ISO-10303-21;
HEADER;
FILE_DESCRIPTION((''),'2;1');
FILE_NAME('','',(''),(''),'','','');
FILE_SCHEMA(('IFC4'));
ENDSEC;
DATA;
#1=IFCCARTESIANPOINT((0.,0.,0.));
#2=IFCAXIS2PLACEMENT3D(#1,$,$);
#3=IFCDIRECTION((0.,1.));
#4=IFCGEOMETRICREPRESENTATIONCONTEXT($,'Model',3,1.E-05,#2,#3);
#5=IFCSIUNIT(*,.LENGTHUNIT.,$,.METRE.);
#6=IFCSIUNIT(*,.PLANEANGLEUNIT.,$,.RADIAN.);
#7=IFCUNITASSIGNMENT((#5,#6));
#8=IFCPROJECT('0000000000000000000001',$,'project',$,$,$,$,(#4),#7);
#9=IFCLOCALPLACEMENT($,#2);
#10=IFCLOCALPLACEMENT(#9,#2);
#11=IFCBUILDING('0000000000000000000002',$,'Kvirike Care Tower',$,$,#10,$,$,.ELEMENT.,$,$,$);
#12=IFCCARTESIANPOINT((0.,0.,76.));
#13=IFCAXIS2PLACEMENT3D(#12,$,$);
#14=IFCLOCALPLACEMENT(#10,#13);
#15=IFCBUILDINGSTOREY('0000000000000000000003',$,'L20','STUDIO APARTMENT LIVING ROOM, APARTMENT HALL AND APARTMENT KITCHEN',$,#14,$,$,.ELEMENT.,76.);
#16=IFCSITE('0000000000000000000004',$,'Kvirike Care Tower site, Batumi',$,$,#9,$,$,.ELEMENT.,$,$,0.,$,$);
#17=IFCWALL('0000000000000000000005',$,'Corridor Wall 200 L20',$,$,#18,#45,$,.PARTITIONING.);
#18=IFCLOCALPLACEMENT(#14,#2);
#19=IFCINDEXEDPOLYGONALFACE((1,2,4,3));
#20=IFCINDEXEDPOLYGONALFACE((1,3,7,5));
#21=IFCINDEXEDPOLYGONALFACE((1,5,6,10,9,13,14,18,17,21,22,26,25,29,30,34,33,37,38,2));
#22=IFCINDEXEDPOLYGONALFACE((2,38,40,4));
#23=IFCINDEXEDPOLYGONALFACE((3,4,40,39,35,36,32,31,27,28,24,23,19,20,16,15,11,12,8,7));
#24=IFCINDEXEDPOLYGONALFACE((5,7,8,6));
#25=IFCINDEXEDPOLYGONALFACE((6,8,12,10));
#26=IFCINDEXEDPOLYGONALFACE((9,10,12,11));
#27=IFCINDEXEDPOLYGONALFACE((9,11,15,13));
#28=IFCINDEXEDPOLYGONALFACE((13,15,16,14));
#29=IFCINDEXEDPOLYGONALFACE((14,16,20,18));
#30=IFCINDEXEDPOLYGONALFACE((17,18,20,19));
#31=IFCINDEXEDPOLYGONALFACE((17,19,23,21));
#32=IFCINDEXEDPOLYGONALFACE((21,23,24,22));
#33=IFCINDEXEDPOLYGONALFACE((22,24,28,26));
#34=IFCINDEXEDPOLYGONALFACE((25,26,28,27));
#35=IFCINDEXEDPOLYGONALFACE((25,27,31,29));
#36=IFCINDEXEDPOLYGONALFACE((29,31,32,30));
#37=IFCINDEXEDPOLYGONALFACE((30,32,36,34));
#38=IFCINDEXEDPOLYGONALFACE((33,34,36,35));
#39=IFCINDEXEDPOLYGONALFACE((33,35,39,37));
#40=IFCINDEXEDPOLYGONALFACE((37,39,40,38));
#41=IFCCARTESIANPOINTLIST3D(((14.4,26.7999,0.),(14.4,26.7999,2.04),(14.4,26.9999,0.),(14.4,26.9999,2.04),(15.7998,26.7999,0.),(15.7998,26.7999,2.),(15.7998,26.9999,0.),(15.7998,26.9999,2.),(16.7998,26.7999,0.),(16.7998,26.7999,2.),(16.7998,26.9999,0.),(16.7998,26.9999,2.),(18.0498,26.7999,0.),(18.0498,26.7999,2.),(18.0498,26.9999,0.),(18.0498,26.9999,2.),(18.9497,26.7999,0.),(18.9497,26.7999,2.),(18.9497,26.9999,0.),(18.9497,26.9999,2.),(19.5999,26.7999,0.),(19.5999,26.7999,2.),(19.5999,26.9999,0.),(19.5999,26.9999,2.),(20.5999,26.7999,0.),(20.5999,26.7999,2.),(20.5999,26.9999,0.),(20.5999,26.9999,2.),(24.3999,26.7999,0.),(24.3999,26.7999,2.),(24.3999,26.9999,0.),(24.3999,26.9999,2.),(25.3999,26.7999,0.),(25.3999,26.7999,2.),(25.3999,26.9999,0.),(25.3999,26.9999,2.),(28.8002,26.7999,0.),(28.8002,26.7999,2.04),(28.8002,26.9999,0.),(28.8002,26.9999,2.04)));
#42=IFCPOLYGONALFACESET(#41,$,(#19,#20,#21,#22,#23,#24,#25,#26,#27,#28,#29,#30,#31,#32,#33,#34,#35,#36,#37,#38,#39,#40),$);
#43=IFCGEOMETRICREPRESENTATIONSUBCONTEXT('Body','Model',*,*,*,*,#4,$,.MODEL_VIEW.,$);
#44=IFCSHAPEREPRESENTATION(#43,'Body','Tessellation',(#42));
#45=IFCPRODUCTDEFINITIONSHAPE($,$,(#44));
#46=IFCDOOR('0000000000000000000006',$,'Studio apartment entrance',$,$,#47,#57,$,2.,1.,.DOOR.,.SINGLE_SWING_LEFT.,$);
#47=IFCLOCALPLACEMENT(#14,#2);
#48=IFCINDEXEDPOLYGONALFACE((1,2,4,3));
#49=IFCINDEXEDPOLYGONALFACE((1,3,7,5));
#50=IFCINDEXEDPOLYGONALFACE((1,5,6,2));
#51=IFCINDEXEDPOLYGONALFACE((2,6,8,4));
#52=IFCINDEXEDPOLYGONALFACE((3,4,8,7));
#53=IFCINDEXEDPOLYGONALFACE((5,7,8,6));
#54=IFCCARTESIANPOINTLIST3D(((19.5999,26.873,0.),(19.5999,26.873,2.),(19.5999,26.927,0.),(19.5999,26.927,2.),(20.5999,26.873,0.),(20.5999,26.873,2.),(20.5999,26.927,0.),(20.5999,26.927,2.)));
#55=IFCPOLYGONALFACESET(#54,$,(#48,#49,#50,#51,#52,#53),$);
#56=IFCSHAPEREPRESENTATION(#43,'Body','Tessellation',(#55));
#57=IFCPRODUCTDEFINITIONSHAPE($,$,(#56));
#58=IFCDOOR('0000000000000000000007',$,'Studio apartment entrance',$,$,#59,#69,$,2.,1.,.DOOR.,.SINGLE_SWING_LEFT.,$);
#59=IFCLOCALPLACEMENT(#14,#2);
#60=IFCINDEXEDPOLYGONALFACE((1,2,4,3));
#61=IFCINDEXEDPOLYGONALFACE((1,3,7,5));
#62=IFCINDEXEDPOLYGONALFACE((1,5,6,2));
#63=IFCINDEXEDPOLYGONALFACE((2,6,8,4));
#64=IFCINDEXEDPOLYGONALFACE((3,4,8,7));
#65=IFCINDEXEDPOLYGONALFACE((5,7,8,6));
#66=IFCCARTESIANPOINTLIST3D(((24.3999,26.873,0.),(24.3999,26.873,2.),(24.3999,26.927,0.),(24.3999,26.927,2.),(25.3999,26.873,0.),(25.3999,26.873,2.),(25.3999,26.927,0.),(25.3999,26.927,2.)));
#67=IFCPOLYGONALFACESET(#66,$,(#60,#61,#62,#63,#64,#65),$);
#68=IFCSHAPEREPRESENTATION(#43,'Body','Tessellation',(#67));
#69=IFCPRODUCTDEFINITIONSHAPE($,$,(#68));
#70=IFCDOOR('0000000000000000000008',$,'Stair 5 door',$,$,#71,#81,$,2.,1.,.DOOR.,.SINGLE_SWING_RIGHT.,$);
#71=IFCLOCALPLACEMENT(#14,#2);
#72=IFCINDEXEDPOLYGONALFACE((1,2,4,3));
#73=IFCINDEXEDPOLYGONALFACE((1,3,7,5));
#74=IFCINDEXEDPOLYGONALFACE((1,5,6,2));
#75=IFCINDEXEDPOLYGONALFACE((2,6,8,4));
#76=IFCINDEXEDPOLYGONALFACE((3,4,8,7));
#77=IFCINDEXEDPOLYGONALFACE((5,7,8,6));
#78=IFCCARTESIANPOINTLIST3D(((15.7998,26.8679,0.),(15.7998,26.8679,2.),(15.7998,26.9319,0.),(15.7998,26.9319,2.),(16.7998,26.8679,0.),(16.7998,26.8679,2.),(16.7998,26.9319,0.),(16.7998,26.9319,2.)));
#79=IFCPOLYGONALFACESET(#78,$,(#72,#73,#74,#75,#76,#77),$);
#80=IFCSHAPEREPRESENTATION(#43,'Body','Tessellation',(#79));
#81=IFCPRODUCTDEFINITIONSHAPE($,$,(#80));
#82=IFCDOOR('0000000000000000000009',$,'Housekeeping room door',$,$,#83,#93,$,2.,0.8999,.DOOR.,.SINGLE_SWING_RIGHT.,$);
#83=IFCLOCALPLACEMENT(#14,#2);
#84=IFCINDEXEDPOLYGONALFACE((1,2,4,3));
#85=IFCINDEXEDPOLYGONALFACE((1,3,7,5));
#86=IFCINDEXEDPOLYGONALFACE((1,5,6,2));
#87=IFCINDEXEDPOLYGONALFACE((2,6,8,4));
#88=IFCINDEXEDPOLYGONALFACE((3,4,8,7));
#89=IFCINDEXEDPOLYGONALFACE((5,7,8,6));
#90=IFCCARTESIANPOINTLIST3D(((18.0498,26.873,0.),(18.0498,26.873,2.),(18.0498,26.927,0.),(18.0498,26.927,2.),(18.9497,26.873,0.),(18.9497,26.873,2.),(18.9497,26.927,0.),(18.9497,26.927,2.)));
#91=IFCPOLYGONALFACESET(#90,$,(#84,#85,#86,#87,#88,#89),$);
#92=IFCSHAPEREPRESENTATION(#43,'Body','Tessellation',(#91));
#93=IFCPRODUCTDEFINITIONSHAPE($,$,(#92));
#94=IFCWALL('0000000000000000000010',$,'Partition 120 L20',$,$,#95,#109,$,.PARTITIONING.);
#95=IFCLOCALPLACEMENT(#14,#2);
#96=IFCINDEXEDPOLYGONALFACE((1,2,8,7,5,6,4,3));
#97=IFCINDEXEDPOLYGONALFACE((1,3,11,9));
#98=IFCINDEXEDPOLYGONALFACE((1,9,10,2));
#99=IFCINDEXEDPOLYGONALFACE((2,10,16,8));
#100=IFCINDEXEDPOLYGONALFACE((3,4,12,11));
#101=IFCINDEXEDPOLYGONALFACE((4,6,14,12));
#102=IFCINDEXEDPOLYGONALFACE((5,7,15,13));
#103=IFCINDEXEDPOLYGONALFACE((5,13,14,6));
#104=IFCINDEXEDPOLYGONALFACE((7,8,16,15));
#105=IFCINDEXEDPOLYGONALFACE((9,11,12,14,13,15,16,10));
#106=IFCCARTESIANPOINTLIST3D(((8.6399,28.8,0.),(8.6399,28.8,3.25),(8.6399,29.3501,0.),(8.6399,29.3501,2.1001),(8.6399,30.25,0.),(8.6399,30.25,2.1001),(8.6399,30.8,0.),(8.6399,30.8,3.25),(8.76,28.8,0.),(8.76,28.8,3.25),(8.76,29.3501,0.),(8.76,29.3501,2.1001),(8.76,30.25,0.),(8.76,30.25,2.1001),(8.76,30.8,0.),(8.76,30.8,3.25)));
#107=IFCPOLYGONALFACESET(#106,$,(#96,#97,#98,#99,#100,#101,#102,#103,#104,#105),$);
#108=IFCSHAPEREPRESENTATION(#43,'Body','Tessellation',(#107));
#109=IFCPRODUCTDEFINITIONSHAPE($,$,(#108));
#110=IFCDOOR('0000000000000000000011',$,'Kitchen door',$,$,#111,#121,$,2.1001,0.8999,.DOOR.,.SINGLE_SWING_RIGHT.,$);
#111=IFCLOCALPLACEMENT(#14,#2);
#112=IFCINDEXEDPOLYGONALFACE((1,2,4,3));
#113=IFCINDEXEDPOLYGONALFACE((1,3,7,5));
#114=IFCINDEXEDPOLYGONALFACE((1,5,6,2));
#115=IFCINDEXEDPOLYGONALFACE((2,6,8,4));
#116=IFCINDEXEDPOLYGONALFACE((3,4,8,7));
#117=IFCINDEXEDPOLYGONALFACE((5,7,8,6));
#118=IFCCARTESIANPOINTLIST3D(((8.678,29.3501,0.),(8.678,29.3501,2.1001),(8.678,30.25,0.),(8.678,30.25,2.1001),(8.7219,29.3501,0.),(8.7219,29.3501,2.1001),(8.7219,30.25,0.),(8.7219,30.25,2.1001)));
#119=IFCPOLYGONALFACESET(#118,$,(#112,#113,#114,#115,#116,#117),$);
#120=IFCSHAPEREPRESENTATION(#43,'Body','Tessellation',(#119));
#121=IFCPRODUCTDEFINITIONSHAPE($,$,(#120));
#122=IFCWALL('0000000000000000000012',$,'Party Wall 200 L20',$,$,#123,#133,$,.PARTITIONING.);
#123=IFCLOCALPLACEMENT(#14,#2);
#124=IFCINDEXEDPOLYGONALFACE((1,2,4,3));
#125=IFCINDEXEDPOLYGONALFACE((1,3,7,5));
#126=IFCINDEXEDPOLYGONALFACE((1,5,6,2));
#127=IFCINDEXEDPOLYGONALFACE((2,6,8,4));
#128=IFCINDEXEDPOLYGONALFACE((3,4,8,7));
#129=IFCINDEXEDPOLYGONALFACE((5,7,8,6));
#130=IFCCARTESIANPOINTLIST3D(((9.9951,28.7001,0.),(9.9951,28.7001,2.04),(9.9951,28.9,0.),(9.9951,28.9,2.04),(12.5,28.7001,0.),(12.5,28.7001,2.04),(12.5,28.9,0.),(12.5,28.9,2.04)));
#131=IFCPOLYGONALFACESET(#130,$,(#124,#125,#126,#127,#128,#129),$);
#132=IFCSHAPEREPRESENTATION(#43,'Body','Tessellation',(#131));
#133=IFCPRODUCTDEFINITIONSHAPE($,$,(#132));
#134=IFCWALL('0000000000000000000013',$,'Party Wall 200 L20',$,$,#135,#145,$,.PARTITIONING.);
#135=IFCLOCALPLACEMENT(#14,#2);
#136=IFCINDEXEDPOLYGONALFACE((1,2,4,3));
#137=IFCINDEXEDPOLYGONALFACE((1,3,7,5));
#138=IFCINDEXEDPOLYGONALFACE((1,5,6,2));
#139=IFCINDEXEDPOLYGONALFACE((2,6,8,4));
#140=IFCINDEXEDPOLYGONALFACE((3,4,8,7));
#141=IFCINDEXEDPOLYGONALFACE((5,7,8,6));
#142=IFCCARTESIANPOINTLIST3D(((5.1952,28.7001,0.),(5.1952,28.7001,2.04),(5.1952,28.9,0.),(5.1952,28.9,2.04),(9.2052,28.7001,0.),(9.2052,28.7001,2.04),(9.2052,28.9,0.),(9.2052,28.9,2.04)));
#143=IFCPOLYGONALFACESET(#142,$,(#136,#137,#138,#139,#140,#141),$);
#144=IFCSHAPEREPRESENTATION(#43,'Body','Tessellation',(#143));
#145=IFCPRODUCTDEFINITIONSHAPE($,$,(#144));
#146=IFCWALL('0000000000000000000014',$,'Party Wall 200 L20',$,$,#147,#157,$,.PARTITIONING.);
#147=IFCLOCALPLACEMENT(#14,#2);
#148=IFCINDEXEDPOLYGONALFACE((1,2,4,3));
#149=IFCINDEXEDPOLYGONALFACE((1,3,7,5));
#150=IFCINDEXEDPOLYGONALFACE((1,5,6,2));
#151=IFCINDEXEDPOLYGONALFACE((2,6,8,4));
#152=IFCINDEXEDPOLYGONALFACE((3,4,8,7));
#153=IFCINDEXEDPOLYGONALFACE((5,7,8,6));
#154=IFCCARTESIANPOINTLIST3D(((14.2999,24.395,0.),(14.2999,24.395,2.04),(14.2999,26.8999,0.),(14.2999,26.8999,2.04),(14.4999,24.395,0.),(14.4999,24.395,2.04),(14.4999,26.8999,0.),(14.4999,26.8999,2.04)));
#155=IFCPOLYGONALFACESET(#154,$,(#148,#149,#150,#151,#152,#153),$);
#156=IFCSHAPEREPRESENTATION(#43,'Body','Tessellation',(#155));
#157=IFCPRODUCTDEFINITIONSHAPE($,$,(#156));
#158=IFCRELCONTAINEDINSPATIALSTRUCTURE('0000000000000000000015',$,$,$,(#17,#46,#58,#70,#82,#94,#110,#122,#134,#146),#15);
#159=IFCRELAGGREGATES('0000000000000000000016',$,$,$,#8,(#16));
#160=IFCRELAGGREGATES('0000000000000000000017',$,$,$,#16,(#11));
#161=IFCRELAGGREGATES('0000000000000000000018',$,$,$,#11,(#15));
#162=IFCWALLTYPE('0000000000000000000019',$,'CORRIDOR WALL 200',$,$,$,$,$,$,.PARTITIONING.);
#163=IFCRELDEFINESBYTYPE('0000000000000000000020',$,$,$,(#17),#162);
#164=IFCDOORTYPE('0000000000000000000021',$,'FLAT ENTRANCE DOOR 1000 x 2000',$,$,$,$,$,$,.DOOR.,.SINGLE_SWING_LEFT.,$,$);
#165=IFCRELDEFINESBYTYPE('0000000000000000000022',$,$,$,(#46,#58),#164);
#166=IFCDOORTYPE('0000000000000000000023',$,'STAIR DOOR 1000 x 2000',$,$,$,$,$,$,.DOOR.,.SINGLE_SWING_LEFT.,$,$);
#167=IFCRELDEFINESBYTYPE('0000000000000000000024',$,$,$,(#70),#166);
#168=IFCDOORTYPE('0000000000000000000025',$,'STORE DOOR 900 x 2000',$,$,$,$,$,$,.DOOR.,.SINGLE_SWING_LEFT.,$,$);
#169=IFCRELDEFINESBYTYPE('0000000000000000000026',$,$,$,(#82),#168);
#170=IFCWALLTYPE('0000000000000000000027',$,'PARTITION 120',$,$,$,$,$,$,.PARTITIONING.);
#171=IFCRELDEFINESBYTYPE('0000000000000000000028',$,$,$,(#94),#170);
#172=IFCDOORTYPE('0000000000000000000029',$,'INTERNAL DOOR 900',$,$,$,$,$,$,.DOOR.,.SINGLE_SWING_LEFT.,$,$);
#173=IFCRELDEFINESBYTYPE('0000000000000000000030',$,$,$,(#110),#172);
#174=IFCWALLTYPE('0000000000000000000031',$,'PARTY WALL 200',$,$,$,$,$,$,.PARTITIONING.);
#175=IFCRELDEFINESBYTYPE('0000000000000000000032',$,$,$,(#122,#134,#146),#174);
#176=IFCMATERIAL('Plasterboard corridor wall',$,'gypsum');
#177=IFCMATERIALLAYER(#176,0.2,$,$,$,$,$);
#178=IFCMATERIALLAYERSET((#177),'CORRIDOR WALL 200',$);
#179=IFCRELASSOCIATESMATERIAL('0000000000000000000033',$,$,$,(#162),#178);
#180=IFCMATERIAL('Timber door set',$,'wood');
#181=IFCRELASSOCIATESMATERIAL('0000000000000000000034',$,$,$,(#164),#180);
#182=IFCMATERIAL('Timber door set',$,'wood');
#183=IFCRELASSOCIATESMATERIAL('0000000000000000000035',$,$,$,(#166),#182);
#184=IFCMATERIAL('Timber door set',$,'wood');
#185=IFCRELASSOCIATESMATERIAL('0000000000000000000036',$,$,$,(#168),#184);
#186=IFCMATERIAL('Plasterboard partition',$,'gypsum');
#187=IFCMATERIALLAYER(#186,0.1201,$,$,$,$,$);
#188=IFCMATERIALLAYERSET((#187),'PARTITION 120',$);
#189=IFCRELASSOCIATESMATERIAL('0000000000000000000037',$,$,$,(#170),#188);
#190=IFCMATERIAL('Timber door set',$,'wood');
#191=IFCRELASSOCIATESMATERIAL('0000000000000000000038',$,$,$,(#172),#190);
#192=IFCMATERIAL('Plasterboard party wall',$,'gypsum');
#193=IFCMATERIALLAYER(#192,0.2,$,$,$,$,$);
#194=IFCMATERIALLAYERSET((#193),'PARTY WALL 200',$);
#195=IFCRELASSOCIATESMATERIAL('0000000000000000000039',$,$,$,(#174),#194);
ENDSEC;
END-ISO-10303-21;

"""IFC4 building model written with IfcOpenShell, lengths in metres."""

from ifc_helpers import new_model, si_unit, direction, frame, frame_2d, origin, place, context, subcontext, project, spatial, rectangle, extrude, material, layer, layer_set, type_object, element, fill, save


model = new_model("IFC4")

# Units and contexts
model_context = context("Model", 3, precision=1e-05, world=origin(), true_north=direction((0.0, 1.0)))
body_context = subcontext(model_context, "Body", "Model", "MODEL_VIEW")
ifc_project = project(units=[si_unit("LENGTHUNIT", "METRE"), si_unit("PLANEANGLEUNIT", "RADIAN")], contexts=[model_context])

# Site, building, storey
site_placement = place(None, origin())
site = spatial("IfcSite", under=ifc_project, at=site_placement, Name="Kvirike Care Tower site, Batumi", CompositionType="ELEMENT", RefElevation=0.0)
building_placement = place(site_placement, origin())
building = spatial("IfcBuilding", under=site, at=building_placement, Name="Kvirike Care Tower", CompositionType="ELEMENT")
storey_placement = place(building_placement, frame((0.0, 0.0, 76.0)))
storey = spatial("IfcBuildingStorey", under=building, at=storey_placement, Name="L20", Description="STUDIO APARTMENT LIVING ROOM, APARTMENT HALL AND APARTMENT KITCHEN", CompositionType="ELEMENT", Elevation=76.0)

# Wall, openings, doors
ifc_material_1 = material(Name="Plasterboard corridor wall", Category="gypsum")
ifc_layer_1 = layer(ifc_material_1, 0.2)
ifc_layer_set_1 = layer_set([ifc_layer_1], Name="CORRIDOR WALL 200")
wall_type_1 = type_object("IfcWallType", Name="CORRIDOR WALL 200", PredefinedType="PARTITIONING", material=ifc_layer_set_1)
wall_1_placement = place(storey_placement, frame((14.3999, 26.8999, 0.0), z_axis=(0.0, 0.0, 1.0), x_axis=(1.0, 0.0, 0.0)))
wall_1 = element("IfcWall", 1, at=wall_1_placement, inside=storey, type_object=wall_type_1, Name="Corridor Wall 200 L20", PredefinedType="PARTITIONING", context=body_context, shape_type="SweptSolid", body=[
    extrude(rectangle(XDim=14.4001, YDim=0.2, at=frame_2d((7.2002, 0.0))), origin(), (0.0, 0.0, 1.0), 2.04),
])
opening_1_placement = place(wall_1_placement, frame((1.3999, 0.0, 0.0)))
opening_1 = element("IfcOpeningElement", 2, at=opening_1_placement, cuts=wall_1, PredefinedType="OPENING", context=body_context, shape_type="SweptSolid", body=[
    extrude(rectangle(XDim=1.0, YDim=2.0, at=frame_2d((0.5, 1.0))), frame((0.0, 0.1106, 0.0), z_axis=(0.0, -1.0, 0.0), x_axis=(1.0, 0.0, 0.0)), (0.0, 0.0, 1.0), 0.2209),
])
opening_2_placement = place(wall_1_placement, frame((3.6499, 0.0, 0.0)))
opening_2 = element("IfcOpeningElement", 3, at=opening_2_placement, cuts=wall_1, PredefinedType="OPENING", context=body_context, shape_type="SweptSolid", body=[
    extrude(rectangle(XDim=0.8999, YDim=2.0, at=frame_2d((0.45, 1.0))), frame((0.0, 0.1106, 0.0), z_axis=(0.0, -1.0, 0.0), x_axis=(1.0, 0.0, 0.0)), (0.0, 0.0, 1.0), 0.2209),
])
opening_3_placement = place(wall_1_placement, frame((5.2, 0.0, 0.0)))
opening_3 = element("IfcOpeningElement", 4, at=opening_3_placement, cuts=wall_1, PredefinedType="OPENING", context=body_context, shape_type="SweptSolid", body=[
    extrude(rectangle(XDim=1.0, YDim=2.0, at=frame_2d((0.5, 1.0))), frame((0.0, 0.1106, 0.0), z_axis=(0.0, -1.0, 0.0), x_axis=(1.0, 0.0, 0.0)), (0.0, 0.0, 1.0), 0.2209),
])
opening_4_placement = place(wall_1_placement, frame((10.0, 0.0, 0.0)))
opening_4 = element("IfcOpeningElement", 5, at=opening_4_placement, cuts=wall_1, PredefinedType="OPENING", context=body_context, shape_type="SweptSolid", body=[
    extrude(rectangle(XDim=1.0, YDim=2.0, at=frame_2d((0.5, 1.0))), frame((0.0, 0.1106, 0.0), z_axis=(0.0, -1.0, 0.0), x_axis=(1.0, 0.0, 0.0)), (0.0, 0.0, 1.0), 0.2209),
])
ifc_material_2 = material(Name="Timber door set", Category="wood")
door_type_1 = type_object("IfcDoorType", Name="FLAT ENTRANCE DOOR 1000 x 2000", OperationType="SINGLE_SWING_LEFT", PredefinedType="DOOR", material=ifc_material_2)
door_1_placement = place(opening_3_placement, frame((1.0, 0.0, 0.0), z_axis=(0.0, 0.0, 1.0), x_axis=(-1.0, 0.0, 0.0)))
door_1 = element("IfcDoor", 6, at=door_1_placement, inside=storey, type_object=door_type_1, Name="Studio apartment entrance", OperationType="SINGLE_SWING_LEFT", OverallHeight=2.0, OverallWidth=1.0, PredefinedType="DOOR", context=body_context, shape_type="SweptSolid", body=[
    extrude(rectangle(XDim=1.0, YDim=2.0, at=frame_2d((0.5, 1.0))), frame((0.0, 0.0269, 0.0), z_axis=(0.0, -1.0, 0.0), x_axis=(1.0, 0.0, 0.0)), (0.0, 0.0, 1.0), 0.054),
])
fill(opening_3, door_1)
door_2_placement = place(opening_4_placement, frame((1.0, 0.0, 0.0), z_axis=(0.0, 0.0, 1.0), x_axis=(-1.0, 0.0, 0.0)))
door_2 = element("IfcDoor", 7, at=door_2_placement, inside=storey, type_object=door_type_1, Name="Studio apartment entrance", OperationType="SINGLE_SWING_LEFT", OverallHeight=2.0, OverallWidth=1.0, PredefinedType="DOOR", context=body_context, shape_type="SweptSolid", body=[
    extrude(rectangle(XDim=1.0, YDim=2.0, at=frame_2d((0.5, 1.0))), frame((0.0, 0.0269, 0.0), z_axis=(0.0, -1.0, 0.0), x_axis=(1.0, 0.0, 0.0)), (0.0, 0.0, 1.0), 0.054),
])
fill(opening_4, door_2)
ifc_material_3 = material(Name="Timber door set", Category="wood")
door_type_2 = type_object("IfcDoorType", Name="STAIR DOOR 1000 x 2000", OperationType="SINGLE_SWING_LEFT", PredefinedType="DOOR", material=ifc_material_3)
door_3_placement = place(opening_1_placement, frame((1.0, 0.0, 0.0), z_axis=(0.0, 0.0, 1.0), x_axis=(-1.0, 0.0, 0.0)))
door_3 = element("IfcDoor", 8, at=door_3_placement, inside=storey, type_object=door_type_2, Name="Stair 5 door", OperationType="SINGLE_SWING_RIGHT", OverallHeight=2.0, OverallWidth=1.0, PredefinedType="DOOR", context=body_context, shape_type="SweptSolid", body=[
    extrude(rectangle(XDim=1.0, YDim=2.0, at=frame_2d((0.5, 1.0))), frame((0.0, 0.032, 0.0), z_axis=(0.0, -1.0, 0.0), x_axis=(1.0, 0.0, 0.0)), (0.0, 0.0, 1.0), 0.064),
])
fill(opening_1, door_3)
ifc_material_4 = material(Name="Timber door set", Category="wood")
door_type_3 = type_object("IfcDoorType", Name="STORE DOOR 900 x 2000", OperationType="SINGLE_SWING_LEFT", PredefinedType="DOOR", material=ifc_material_4)
door_4_placement = place(opening_2_placement, frame((0.8999, 0.0, 0.0), z_axis=(0.0, 0.0, 1.0), x_axis=(-1.0, 0.0, 0.0)))
door_4 = element("IfcDoor", 9, at=door_4_placement, inside=storey, type_object=door_type_3, Name="Housekeeping room door", OperationType="SINGLE_SWING_RIGHT", OverallHeight=2.0, OverallWidth=0.8999, PredefinedType="DOOR", context=body_context, shape_type="SweptSolid", body=[
    extrude(rectangle(XDim=0.8999, YDim=2.0, at=frame_2d((0.45, 1.0))), frame((0.0, 0.0269, 0.0), z_axis=(0.0, -1.0, 0.0), x_axis=(1.0, 0.0, 0.0)), (0.0, 0.0, 1.0), 0.054),
])
fill(opening_2, door_4)

# Wall, opening, door
ifc_material_5 = material(Name="Plasterboard partition", Category="gypsum")
ifc_layer_2 = layer(ifc_material_5, 0.1201)
ifc_layer_set_2 = layer_set([ifc_layer_2], Name="PARTITION 120")
wall_type_2 = type_object("IfcWallType", Name="PARTITION 120", PredefinedType="PARTITIONING", material=ifc_layer_set_2)
wall_2_placement = place(storey_placement, frame((8.7, 30.8, 0.0), z_axis=(0.0, 0.0, 1.0), x_axis=(0.0, -1.0, 0.0)))
wall_2 = element("IfcWall", 10, at=wall_2_placement, inside=storey, type_object=wall_type_2, Name="Partition 120 L20", PredefinedType="PARTITIONING", context=body_context, shape_type="SweptSolid", body=[
    extrude(rectangle(XDim=2.0, YDim=0.1201, at=frame_2d((1.0, 0.0))), origin(), (0.0, 0.0, 1.0), 3.25),
])
opening_5_placement = place(wall_2_placement, frame((0.55, 0.0, 0.0)))
opening_5 = element("IfcOpeningElement", 11, at=opening_5_placement, cuts=wall_2, PredefinedType="OPENING", context=body_context, shape_type="SweptSolid", body=[
    extrude(rectangle(XDim=0.8999, YDim=2.1001, at=frame_2d((0.45, 1.05))), frame((0.0, 0.0706, 0.0), z_axis=(0.0, -1.0, 0.0), x_axis=(1.0, 0.0, 0.0)), (0.0, 0.0, 1.0), 0.1411),
])
ifc_material_6 = material(Name="Timber door set", Category="wood")
door_type_4 = type_object("IfcDoorType", Name="INTERNAL DOOR 900", OperationType="SINGLE_SWING_LEFT", PredefinedType="DOOR", material=ifc_material_6)
door_5_placement = place(opening_5_placement, frame((0.8999, 0.0, 0.0), z_axis=(0.0, 0.0, 1.0), x_axis=(-1.0, 0.0, 0.0)))
door_5 = element("IfcDoor", 12, at=door_5_placement, inside=storey, type_object=door_type_4, Name="Kitchen door", OperationType="SINGLE_SWING_RIGHT", OverallHeight=2.1001, OverallWidth=0.8999, PredefinedType="DOOR", context=body_context, shape_type="SweptSolid", body=[
    extrude(rectangle(XDim=0.8999, YDim=2.1001, at=frame_2d((0.45, 1.05))), frame((0.0, 0.022, 0.0), z_axis=(0.0, -1.0, 0.0), x_axis=(1.0, 0.0, 0.0)), (0.0, 0.0, 1.0), 0.0439),
])
fill(opening_5, door_5)

# Walls
ifc_material_7 = material(Name="Plasterboard party wall", Category="gypsum")
ifc_layer_3 = layer(ifc_material_7, 0.2)
ifc_layer_set_3 = layer_set([ifc_layer_3], Name="PARTY WALL 200")
wall_type_3 = type_object("IfcWallType", Name="PARTY WALL 200", PredefinedType="PARTITIONING", material=ifc_layer_set_3)
wall_3_placement = place(storey_placement, frame((12.5, 28.8, 0.0), z_axis=(0.0, 0.0, 1.0), x_axis=(-1.0, 0.0, 0.0)))
element("IfcWall", 13, at=wall_3_placement, inside=storey, type_object=wall_type_3, Name="Party Wall 200 L20", PredefinedType="PARTITIONING", context=body_context, shape_type="SweptSolid", body=[
    extrude(rectangle(XDim=2.5049, YDim=0.2, at=frame_2d((1.2524, 0.0))), origin(), (0.0, 0.0, 1.0), 2.04),
])
wall_4_placement = place(storey_placement, frame((9.2051, 28.8, 0.0), z_axis=(0.0, 0.0, 1.0), x_axis=(-1.0, 0.0, 0.0)))
element("IfcWall", 14, at=wall_4_placement, inside=storey, type_object=wall_type_3, Name="Party Wall 200 L20", PredefinedType="PARTITIONING", context=body_context, shape_type="SweptSolid", body=[
    extrude(rectangle(XDim=4.01, YDim=0.2, at=frame_2d((2.0049, 0.0))), origin(), (0.0, 0.0, 1.0), 2.04),
])
wall_5_placement = place(storey_placement, frame((14.3999, 24.395, 0.0), z_axis=(0.0, 0.0, 1.0), x_axis=(0.0, 1.0, 0.0)))
element("IfcWall", 15, at=wall_5_placement, inside=storey, type_object=wall_type_3, Name="Party Wall 200 L20", PredefinedType="PARTITIONING", context=body_context, shape_type="SweptSolid", body=[
    extrude(rectangle(XDim=2.5049, YDim=0.2, at=frame_2d((1.2524, 0.0))), origin(), (0.0, 0.0, 1.0), 2.04),
])

save(model, "model.ifc")
